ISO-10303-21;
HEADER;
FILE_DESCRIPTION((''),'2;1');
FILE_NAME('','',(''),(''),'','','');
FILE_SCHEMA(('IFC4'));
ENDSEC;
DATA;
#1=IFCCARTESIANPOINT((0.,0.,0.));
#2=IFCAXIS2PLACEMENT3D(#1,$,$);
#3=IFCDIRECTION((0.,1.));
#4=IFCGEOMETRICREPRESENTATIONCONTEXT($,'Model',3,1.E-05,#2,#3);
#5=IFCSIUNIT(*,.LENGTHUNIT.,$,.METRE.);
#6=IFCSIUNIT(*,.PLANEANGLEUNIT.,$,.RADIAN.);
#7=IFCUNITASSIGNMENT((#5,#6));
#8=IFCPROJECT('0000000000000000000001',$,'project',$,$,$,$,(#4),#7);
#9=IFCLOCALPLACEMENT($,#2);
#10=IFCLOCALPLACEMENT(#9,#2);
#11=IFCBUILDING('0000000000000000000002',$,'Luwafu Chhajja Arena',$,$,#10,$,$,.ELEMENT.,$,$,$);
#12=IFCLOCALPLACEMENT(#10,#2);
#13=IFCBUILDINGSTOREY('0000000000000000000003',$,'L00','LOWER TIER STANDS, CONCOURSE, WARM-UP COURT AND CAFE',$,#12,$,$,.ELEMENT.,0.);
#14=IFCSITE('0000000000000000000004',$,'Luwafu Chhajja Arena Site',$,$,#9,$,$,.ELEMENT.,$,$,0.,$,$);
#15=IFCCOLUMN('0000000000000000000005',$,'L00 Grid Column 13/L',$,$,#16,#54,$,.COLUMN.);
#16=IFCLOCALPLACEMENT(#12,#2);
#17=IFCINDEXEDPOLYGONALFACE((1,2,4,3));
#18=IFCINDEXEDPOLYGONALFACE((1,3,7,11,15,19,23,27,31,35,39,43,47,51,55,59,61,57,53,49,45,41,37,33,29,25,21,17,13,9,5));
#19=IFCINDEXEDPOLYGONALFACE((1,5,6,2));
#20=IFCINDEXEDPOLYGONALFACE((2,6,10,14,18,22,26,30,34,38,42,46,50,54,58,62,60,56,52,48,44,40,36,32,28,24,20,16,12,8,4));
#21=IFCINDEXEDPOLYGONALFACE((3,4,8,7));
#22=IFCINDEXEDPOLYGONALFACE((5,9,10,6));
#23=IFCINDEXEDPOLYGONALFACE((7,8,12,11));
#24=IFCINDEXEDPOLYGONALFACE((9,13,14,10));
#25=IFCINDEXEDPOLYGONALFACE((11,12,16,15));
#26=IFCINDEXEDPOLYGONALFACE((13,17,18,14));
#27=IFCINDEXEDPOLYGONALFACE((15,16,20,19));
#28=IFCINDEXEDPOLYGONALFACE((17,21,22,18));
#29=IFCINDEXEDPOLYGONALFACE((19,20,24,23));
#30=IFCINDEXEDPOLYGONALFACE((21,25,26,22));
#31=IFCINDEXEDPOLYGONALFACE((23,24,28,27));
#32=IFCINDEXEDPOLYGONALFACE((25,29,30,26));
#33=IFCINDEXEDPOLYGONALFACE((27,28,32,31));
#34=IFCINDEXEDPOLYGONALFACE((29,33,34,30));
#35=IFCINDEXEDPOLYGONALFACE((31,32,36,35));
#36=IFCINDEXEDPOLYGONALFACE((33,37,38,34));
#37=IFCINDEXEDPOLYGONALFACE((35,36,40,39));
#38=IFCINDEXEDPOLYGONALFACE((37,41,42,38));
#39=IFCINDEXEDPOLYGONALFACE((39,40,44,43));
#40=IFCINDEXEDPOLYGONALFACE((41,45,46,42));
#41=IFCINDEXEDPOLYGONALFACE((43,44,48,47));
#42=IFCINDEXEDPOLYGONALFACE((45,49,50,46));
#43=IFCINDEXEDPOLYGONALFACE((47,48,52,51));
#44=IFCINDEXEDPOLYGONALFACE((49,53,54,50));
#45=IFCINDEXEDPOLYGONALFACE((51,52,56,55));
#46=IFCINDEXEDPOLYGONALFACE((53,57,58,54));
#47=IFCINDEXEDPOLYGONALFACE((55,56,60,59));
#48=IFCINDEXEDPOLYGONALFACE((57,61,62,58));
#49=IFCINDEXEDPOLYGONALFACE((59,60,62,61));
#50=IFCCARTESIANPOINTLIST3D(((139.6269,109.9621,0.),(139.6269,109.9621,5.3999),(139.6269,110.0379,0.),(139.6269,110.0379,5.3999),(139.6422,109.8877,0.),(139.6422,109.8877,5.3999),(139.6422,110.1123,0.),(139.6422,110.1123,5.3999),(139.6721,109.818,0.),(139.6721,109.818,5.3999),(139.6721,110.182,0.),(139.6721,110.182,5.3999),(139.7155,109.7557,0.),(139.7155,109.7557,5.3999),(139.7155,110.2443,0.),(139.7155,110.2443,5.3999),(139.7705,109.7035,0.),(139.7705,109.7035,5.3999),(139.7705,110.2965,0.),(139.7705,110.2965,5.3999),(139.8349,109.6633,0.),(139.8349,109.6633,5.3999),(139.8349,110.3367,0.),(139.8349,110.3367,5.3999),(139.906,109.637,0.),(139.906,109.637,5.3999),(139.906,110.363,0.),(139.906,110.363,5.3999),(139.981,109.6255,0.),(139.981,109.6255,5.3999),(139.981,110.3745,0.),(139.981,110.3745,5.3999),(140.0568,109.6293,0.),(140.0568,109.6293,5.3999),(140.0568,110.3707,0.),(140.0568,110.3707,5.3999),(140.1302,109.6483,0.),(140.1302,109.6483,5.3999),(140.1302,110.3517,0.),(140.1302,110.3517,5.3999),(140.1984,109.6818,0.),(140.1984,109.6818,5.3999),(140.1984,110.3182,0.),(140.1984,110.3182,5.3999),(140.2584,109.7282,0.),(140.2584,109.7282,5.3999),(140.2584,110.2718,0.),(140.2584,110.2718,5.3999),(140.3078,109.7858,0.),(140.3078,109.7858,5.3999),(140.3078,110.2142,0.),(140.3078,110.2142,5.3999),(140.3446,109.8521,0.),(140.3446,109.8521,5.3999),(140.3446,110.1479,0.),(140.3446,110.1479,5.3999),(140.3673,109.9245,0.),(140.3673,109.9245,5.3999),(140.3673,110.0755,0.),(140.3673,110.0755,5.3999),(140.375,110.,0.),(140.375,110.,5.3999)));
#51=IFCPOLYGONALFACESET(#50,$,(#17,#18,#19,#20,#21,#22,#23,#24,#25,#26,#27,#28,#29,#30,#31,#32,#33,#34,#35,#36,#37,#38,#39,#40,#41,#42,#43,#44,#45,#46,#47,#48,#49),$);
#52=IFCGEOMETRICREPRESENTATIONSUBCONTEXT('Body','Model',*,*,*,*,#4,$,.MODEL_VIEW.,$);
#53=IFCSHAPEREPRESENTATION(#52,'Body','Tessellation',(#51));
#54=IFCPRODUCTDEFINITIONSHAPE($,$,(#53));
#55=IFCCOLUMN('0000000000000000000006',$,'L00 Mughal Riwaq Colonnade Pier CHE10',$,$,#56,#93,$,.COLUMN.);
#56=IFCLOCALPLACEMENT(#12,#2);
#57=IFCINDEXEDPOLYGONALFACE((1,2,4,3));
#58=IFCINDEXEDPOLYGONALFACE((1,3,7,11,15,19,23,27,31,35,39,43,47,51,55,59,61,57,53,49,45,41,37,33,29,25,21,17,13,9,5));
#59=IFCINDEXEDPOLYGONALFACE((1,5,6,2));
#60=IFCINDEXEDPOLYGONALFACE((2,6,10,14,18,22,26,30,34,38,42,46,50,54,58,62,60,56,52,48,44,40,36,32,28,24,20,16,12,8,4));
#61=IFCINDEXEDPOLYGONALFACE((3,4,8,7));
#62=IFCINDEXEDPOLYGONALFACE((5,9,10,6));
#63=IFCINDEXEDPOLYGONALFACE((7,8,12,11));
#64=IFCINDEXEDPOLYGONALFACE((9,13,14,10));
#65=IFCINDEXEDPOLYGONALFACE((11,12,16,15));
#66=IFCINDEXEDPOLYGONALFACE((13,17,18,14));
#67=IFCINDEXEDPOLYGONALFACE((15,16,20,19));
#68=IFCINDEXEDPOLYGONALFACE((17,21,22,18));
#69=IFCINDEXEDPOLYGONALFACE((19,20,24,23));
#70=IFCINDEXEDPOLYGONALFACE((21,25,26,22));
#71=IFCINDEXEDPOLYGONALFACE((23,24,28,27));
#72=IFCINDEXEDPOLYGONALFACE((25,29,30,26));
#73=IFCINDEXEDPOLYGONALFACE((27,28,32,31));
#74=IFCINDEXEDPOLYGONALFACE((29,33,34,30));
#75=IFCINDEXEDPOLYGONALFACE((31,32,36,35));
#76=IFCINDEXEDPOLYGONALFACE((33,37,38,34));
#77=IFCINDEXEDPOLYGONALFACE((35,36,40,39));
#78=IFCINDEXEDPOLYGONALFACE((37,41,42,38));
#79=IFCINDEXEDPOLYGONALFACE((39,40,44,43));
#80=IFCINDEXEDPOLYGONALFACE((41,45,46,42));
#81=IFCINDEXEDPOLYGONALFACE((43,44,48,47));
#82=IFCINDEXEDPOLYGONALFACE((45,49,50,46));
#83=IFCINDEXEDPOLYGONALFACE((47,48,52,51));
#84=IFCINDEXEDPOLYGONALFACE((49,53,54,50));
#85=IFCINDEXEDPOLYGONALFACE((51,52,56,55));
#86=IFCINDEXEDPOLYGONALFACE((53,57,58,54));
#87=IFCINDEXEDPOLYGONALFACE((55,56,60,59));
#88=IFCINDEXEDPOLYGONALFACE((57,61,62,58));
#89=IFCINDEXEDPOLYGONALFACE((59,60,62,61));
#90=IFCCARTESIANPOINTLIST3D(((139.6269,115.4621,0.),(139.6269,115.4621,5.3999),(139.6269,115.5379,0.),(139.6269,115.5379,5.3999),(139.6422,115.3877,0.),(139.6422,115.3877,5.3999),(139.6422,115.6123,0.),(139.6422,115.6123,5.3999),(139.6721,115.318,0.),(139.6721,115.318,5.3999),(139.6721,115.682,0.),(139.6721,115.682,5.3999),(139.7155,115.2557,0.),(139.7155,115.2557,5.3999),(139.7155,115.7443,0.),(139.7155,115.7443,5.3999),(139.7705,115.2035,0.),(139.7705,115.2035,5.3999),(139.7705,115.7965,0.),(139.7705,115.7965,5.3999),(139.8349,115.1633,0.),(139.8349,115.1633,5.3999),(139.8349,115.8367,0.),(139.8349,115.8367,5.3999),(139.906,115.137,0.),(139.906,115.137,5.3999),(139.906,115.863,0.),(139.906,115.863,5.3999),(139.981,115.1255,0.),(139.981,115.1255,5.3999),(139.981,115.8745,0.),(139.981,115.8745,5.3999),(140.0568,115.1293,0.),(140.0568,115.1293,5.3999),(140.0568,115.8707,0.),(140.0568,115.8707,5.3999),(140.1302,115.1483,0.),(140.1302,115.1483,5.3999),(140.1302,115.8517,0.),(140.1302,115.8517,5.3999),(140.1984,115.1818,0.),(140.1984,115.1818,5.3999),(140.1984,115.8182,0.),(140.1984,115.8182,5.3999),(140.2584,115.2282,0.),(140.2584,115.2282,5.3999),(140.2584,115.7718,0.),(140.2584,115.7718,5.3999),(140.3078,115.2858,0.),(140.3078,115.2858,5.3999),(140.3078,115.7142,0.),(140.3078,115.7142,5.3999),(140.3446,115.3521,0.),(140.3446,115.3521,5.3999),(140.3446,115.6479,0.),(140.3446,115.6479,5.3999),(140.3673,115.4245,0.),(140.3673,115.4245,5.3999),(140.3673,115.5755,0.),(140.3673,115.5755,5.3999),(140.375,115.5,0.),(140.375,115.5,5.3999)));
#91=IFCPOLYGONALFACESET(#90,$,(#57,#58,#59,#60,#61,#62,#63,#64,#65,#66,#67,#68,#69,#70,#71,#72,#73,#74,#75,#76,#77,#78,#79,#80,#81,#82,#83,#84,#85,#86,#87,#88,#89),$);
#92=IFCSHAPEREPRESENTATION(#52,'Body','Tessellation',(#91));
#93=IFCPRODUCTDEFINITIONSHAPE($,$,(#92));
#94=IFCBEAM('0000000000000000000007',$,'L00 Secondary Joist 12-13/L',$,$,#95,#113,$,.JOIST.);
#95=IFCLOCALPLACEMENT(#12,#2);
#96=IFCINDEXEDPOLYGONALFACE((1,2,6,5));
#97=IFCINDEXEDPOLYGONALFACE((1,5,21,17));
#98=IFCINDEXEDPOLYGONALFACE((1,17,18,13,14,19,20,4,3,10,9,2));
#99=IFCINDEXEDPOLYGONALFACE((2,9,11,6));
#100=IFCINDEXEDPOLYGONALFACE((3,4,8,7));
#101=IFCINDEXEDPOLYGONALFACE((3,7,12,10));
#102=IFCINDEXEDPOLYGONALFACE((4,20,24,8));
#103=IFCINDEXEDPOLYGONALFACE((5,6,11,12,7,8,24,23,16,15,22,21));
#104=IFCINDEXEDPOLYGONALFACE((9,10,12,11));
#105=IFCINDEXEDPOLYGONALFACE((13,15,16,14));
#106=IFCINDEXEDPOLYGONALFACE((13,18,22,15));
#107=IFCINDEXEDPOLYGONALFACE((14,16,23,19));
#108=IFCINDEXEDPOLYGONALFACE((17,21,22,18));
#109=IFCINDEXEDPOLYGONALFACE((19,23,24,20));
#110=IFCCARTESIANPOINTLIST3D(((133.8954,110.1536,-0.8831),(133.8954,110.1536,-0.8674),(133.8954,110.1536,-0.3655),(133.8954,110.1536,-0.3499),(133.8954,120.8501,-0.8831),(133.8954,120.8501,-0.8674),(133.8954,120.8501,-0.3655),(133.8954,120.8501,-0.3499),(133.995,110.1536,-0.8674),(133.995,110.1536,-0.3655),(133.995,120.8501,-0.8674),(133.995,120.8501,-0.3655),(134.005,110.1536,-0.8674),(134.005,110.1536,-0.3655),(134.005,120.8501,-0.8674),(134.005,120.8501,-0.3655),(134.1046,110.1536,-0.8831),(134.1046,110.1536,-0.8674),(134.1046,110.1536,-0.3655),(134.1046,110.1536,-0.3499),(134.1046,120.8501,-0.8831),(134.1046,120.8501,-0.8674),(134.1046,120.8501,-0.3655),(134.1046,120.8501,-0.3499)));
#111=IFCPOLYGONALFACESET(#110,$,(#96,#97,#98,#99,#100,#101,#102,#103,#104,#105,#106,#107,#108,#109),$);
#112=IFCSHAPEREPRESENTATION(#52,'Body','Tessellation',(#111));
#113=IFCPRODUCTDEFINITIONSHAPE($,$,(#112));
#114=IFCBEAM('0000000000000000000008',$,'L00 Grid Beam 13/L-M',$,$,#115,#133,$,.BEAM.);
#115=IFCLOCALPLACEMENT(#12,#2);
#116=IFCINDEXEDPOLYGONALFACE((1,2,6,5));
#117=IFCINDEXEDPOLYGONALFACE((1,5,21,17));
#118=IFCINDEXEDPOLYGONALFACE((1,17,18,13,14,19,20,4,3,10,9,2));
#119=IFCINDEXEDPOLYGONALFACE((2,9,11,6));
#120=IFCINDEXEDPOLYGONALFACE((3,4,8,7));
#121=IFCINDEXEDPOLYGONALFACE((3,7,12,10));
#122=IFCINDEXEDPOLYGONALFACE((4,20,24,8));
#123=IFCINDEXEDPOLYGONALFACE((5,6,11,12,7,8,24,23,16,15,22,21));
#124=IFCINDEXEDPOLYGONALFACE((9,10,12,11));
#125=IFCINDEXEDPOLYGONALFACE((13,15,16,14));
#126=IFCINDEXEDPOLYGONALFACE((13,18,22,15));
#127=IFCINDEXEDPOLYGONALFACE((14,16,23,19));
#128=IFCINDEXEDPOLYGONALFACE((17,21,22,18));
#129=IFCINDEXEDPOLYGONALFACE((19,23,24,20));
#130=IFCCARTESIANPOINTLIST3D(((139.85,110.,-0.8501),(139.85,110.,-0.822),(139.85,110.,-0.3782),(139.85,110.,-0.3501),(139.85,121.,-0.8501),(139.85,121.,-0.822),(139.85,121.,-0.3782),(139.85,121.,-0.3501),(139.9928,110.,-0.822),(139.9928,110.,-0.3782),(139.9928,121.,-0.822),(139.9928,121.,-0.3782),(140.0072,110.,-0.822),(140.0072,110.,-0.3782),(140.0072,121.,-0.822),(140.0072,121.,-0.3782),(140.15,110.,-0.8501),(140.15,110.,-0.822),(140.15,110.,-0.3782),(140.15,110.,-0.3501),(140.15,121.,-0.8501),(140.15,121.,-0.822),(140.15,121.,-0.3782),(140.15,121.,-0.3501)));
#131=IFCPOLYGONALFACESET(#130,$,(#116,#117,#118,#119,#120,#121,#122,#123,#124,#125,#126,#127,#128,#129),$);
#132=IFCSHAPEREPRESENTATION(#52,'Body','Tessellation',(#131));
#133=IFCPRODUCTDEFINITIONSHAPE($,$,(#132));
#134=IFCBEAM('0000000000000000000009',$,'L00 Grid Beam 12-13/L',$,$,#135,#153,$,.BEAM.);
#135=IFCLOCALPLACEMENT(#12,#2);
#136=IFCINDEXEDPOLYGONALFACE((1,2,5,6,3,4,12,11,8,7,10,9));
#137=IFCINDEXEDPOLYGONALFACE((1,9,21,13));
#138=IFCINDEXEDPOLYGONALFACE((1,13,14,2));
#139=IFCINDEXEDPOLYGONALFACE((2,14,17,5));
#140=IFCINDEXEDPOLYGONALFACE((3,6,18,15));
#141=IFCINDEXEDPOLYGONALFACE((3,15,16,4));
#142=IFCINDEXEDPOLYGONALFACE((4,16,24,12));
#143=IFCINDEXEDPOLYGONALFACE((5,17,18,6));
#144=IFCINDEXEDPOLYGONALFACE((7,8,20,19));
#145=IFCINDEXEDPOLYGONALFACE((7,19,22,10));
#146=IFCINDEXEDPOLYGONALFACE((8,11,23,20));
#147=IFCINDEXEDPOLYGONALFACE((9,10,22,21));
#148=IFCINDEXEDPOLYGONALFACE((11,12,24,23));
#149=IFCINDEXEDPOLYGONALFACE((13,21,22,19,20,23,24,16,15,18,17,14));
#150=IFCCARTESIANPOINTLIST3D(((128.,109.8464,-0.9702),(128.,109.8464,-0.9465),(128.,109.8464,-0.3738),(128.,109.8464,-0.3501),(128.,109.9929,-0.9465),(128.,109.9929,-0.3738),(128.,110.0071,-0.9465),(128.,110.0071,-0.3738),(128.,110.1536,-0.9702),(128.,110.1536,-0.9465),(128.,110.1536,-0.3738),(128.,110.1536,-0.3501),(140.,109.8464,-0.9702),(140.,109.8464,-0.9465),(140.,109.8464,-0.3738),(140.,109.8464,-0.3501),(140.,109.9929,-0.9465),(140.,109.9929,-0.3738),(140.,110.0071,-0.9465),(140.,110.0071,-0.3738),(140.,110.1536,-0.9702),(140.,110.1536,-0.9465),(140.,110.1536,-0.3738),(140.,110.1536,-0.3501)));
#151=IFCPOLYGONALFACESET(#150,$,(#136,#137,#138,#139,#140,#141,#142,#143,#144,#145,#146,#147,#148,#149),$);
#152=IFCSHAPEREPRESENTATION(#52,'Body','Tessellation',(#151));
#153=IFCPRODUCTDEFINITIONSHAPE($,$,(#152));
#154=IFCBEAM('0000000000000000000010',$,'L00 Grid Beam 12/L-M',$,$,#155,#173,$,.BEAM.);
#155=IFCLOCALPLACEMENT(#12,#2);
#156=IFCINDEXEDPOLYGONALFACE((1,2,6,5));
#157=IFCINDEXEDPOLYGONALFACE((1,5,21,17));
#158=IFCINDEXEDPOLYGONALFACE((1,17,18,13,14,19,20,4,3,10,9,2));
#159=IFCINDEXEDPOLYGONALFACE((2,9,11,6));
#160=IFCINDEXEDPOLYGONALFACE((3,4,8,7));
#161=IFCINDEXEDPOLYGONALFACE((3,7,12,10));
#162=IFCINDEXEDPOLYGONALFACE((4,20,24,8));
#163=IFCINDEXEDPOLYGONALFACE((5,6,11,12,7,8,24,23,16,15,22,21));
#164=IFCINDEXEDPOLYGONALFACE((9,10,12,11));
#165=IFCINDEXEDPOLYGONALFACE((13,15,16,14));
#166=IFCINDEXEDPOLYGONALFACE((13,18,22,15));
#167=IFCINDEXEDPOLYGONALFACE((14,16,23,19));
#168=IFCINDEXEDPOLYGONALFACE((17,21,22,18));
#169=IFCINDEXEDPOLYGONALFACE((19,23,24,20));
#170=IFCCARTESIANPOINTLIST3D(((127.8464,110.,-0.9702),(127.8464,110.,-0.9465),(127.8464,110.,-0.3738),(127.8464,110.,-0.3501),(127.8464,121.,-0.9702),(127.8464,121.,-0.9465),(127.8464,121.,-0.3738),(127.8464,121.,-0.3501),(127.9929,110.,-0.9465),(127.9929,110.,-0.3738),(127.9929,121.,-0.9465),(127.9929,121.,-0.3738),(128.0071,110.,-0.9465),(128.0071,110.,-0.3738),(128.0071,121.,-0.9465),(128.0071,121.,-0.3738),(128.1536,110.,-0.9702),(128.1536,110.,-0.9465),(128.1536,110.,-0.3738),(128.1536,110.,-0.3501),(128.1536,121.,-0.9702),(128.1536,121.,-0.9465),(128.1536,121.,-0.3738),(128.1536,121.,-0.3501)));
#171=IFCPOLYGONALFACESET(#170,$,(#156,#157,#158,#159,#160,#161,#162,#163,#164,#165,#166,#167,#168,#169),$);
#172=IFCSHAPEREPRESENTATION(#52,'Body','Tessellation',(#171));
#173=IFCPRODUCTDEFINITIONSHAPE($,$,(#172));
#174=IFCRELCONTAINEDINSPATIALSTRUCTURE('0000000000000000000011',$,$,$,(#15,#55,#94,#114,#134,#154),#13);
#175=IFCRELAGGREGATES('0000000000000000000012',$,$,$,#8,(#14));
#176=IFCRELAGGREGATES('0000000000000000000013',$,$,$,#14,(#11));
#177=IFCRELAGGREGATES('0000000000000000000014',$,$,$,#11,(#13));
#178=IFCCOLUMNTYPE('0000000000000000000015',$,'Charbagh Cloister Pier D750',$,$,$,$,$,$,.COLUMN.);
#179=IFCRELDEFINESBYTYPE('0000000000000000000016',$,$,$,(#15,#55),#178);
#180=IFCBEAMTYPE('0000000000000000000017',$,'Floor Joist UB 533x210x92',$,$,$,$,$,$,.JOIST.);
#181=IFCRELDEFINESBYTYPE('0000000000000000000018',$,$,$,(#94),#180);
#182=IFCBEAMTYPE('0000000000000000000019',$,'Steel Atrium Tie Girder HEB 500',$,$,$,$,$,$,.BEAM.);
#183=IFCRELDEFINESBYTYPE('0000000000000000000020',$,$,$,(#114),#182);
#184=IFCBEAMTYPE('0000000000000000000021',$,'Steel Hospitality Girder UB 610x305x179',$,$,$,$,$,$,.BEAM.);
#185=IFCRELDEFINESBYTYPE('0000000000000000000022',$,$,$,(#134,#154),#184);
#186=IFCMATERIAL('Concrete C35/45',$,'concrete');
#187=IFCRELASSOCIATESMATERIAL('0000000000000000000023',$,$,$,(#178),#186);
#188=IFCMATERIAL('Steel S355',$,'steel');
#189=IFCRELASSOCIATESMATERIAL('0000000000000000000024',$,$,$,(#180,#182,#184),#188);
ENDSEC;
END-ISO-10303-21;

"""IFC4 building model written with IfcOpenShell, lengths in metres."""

from ifc_helpers import new_model, si_unit, direction, frame, origin, origin_2d, place, context, subcontext, project, spatial, circle, i_section, extrude, material, material_profile, profile_set, type_object, element, save


model = new_model("IFC4")

# Units and contexts
model_context = context("Model", 3, precision=1e-05, world=origin(), true_north=direction((0.0, 1.0)))
body_context = subcontext(model_context, "Body", "Model", "MODEL_VIEW")
ifc_project = project(units=[si_unit("LENGTHUNIT", "METRE"), si_unit("PLANEANGLEUNIT", "RADIAN")], contexts=[model_context])

# Site, building, storey
site_placement = place(None, origin())
site = spatial("IfcSite", under=ifc_project, at=site_placement, Name="Luwafu Chhajja Arena Site", CompositionType="ELEMENT", RefElevation=0.0)
building_placement = place(site_placement, origin())
building = spatial("IfcBuilding", under=site, at=building_placement, Name="Luwafu Chhajja Arena", CompositionType="ELEMENT")
storey_placement = place(building_placement, origin())
storey = spatial("IfcBuildingStorey", under=building, at=storey_placement, Name="L00", Description="LOWER TIER STANDS, CONCOURSE, WARM-UP COURT AND CAFE", CompositionType="ELEMENT", Elevation=0.0)

# Columns
ifc_material_1 = material(Name="Concrete C35/45", Category="concrete")
ifc_material_profile_1 = material_profile(ifc_material_1, circle(Radius=0.375, at=origin_2d()), Name="RC COL D750")
ifc_profile_set_1 = profile_set([ifc_material_profile_1], Name="Concrete C35/45")
column_type = type_object("IfcColumnType", Name="Charbagh Cloister Pier D750", PredefinedType="COLUMN", material=ifc_profile_set_1)
for number, where, z_axis, x_axis, name in (
    (1, (140.0, 110.0, 0.0), (0.0, 0.0, 1.0), (1.0, 0.0, 0.0), "L00 Grid Column 13/L"),
    (2, (140.0, 115.5, 0.0), (0.0, 0.0, 1.0), (1.0, 0.0, 0.0), "L00 Mughal Riwaq Colonnade Pier CHE10"),
):
    element("IfcColumn", number, at=place(storey_placement, frame(where, z_axis=z_axis, x_axis=x_axis)), inside=storey, type_object=column_type, Name=name, PredefinedType="COLUMN", context=body_context, shape_type="SweptSolid", body=[
        extrude(circle(Radius=0.375, at=origin_2d()), origin(), (0.0, 0.0, 1.0), 5.3999),
    ])

# Beams
ifc_material_2 = material(Name="Steel S355", Category="steel")
ifc_material_profile_2 = material_profile(ifc_material_2, i_section(OverallWidth=0.2092, OverallDepth=0.5332, WebThickness=0.01, FlangeThickness=0.0156, at=origin_2d()), Name="UB 533x210x92")
ifc_profile_set_2 = profile_set([ifc_material_profile_2], Name="Steel S355")
beam_type_1 = type_object("IfcBeamType", Name="Floor Joist UB 533x210x92", PredefinedType="JOIST", material=ifc_profile_set_2)
beam_1_placement = place(storey_placement, frame((134.0, 110.1536, -0.6165), z_axis=(0.0, 1.0, 0.0), x_axis=(-1.0, 0.0, 0.0)))
element("IfcBeam", 3, at=beam_1_placement, inside=storey, type_object=beam_type_1, Name="L00 Secondary Joist 12-13/L", PredefinedType="JOIST", context=body_context, shape_type="SweptSolid", body=[
    extrude(i_section(OverallWidth=0.2092, OverallDepth=0.5332, WebThickness=0.01, FlangeThickness=0.0156, at=origin_2d()), origin(), (0.0, 0.0, 1.0), 10.6965),
])
ifc_material_profile_3 = material_profile(ifc_material_2, i_section(OverallWidth=0.3, OverallDepth=0.5, WebThickness=0.0144, FlangeThickness=0.0281, at=origin_2d()), Name="HEB 500")
ifc_profile_set_3 = profile_set([ifc_material_profile_3], Name="Steel S355")
beam_type_2 = type_object("IfcBeamType", Name="Steel Atrium Tie Girder HEB 500", PredefinedType="BEAM", material=ifc_profile_set_3)
beam_2_placement = place(storey_placement, frame((140.0, 110.0, -0.6001), z_axis=(0.0, 1.0, 0.0), x_axis=(-1.0, 0.0, 0.0)))
element("IfcBeam", 4, at=beam_2_placement, inside=storey, type_object=beam_type_2, Name="L00 Grid Beam 13/L-M", PredefinedType="BEAM", context=body_context, shape_type="SweptSolid", body=[
    extrude(i_section(OverallWidth=0.3, OverallDepth=0.5, WebThickness=0.0144, FlangeThickness=0.0281, at=origin_2d()), origin(), (0.0, 0.0, 1.0), 11.0),
])
ifc_material_profile_4 = material_profile(ifc_material_2, i_section(OverallWidth=0.3071, OverallDepth=0.6201, WebThickness=0.0142, FlangeThickness=0.0237, at=origin_2d()), Name="UB 610x305x179")
ifc_profile_set_4 = profile_set([ifc_material_profile_4], Name="Steel S355")
beam_type_3 = type_object("IfcBeamType", Name="Steel Hospitality Girder UB 610x305x179", PredefinedType="BEAM", material=ifc_profile_set_4)
beam_3_placement = place(storey_placement, frame((128.0, 110.0, -0.6602), z_axis=(1.0, 0.0, 0.0), x_axis=(0.0, 1.0, 0.0)))
element("IfcBeam", 5, at=beam_3_placement, inside=storey, type_object=beam_type_3, Name="L00 Grid Beam 12-13/L", PredefinedType="BEAM", context=body_context, shape_type="SweptSolid", body=[
    extrude(i_section(OverallWidth=0.3071, OverallDepth=0.6201, WebThickness=0.0142, FlangeThickness=0.0237, at=origin_2d()), origin(), (0.0, 0.0, 1.0), 12.0),
])
beam_4_placement = place(storey_placement, frame((128.0, 110.0, -0.6602), z_axis=(0.0, 1.0, 0.0), x_axis=(-1.0, 0.0, 0.0)))
element("IfcBeam", 6, at=beam_4_placement, inside=storey, type_object=beam_type_3, Name="L00 Grid Beam 12/L-M", PredefinedType="BEAM", context=body_context, shape_type="SweptSolid", body=[
    extrude(i_section(OverallWidth=0.3071, OverallDepth=0.6201, WebThickness=0.0142, FlangeThickness=0.0237, at=origin_2d()), origin(), (0.0, 0.0, 1.0), 11.0),
])

save(model, "model.ifc")
